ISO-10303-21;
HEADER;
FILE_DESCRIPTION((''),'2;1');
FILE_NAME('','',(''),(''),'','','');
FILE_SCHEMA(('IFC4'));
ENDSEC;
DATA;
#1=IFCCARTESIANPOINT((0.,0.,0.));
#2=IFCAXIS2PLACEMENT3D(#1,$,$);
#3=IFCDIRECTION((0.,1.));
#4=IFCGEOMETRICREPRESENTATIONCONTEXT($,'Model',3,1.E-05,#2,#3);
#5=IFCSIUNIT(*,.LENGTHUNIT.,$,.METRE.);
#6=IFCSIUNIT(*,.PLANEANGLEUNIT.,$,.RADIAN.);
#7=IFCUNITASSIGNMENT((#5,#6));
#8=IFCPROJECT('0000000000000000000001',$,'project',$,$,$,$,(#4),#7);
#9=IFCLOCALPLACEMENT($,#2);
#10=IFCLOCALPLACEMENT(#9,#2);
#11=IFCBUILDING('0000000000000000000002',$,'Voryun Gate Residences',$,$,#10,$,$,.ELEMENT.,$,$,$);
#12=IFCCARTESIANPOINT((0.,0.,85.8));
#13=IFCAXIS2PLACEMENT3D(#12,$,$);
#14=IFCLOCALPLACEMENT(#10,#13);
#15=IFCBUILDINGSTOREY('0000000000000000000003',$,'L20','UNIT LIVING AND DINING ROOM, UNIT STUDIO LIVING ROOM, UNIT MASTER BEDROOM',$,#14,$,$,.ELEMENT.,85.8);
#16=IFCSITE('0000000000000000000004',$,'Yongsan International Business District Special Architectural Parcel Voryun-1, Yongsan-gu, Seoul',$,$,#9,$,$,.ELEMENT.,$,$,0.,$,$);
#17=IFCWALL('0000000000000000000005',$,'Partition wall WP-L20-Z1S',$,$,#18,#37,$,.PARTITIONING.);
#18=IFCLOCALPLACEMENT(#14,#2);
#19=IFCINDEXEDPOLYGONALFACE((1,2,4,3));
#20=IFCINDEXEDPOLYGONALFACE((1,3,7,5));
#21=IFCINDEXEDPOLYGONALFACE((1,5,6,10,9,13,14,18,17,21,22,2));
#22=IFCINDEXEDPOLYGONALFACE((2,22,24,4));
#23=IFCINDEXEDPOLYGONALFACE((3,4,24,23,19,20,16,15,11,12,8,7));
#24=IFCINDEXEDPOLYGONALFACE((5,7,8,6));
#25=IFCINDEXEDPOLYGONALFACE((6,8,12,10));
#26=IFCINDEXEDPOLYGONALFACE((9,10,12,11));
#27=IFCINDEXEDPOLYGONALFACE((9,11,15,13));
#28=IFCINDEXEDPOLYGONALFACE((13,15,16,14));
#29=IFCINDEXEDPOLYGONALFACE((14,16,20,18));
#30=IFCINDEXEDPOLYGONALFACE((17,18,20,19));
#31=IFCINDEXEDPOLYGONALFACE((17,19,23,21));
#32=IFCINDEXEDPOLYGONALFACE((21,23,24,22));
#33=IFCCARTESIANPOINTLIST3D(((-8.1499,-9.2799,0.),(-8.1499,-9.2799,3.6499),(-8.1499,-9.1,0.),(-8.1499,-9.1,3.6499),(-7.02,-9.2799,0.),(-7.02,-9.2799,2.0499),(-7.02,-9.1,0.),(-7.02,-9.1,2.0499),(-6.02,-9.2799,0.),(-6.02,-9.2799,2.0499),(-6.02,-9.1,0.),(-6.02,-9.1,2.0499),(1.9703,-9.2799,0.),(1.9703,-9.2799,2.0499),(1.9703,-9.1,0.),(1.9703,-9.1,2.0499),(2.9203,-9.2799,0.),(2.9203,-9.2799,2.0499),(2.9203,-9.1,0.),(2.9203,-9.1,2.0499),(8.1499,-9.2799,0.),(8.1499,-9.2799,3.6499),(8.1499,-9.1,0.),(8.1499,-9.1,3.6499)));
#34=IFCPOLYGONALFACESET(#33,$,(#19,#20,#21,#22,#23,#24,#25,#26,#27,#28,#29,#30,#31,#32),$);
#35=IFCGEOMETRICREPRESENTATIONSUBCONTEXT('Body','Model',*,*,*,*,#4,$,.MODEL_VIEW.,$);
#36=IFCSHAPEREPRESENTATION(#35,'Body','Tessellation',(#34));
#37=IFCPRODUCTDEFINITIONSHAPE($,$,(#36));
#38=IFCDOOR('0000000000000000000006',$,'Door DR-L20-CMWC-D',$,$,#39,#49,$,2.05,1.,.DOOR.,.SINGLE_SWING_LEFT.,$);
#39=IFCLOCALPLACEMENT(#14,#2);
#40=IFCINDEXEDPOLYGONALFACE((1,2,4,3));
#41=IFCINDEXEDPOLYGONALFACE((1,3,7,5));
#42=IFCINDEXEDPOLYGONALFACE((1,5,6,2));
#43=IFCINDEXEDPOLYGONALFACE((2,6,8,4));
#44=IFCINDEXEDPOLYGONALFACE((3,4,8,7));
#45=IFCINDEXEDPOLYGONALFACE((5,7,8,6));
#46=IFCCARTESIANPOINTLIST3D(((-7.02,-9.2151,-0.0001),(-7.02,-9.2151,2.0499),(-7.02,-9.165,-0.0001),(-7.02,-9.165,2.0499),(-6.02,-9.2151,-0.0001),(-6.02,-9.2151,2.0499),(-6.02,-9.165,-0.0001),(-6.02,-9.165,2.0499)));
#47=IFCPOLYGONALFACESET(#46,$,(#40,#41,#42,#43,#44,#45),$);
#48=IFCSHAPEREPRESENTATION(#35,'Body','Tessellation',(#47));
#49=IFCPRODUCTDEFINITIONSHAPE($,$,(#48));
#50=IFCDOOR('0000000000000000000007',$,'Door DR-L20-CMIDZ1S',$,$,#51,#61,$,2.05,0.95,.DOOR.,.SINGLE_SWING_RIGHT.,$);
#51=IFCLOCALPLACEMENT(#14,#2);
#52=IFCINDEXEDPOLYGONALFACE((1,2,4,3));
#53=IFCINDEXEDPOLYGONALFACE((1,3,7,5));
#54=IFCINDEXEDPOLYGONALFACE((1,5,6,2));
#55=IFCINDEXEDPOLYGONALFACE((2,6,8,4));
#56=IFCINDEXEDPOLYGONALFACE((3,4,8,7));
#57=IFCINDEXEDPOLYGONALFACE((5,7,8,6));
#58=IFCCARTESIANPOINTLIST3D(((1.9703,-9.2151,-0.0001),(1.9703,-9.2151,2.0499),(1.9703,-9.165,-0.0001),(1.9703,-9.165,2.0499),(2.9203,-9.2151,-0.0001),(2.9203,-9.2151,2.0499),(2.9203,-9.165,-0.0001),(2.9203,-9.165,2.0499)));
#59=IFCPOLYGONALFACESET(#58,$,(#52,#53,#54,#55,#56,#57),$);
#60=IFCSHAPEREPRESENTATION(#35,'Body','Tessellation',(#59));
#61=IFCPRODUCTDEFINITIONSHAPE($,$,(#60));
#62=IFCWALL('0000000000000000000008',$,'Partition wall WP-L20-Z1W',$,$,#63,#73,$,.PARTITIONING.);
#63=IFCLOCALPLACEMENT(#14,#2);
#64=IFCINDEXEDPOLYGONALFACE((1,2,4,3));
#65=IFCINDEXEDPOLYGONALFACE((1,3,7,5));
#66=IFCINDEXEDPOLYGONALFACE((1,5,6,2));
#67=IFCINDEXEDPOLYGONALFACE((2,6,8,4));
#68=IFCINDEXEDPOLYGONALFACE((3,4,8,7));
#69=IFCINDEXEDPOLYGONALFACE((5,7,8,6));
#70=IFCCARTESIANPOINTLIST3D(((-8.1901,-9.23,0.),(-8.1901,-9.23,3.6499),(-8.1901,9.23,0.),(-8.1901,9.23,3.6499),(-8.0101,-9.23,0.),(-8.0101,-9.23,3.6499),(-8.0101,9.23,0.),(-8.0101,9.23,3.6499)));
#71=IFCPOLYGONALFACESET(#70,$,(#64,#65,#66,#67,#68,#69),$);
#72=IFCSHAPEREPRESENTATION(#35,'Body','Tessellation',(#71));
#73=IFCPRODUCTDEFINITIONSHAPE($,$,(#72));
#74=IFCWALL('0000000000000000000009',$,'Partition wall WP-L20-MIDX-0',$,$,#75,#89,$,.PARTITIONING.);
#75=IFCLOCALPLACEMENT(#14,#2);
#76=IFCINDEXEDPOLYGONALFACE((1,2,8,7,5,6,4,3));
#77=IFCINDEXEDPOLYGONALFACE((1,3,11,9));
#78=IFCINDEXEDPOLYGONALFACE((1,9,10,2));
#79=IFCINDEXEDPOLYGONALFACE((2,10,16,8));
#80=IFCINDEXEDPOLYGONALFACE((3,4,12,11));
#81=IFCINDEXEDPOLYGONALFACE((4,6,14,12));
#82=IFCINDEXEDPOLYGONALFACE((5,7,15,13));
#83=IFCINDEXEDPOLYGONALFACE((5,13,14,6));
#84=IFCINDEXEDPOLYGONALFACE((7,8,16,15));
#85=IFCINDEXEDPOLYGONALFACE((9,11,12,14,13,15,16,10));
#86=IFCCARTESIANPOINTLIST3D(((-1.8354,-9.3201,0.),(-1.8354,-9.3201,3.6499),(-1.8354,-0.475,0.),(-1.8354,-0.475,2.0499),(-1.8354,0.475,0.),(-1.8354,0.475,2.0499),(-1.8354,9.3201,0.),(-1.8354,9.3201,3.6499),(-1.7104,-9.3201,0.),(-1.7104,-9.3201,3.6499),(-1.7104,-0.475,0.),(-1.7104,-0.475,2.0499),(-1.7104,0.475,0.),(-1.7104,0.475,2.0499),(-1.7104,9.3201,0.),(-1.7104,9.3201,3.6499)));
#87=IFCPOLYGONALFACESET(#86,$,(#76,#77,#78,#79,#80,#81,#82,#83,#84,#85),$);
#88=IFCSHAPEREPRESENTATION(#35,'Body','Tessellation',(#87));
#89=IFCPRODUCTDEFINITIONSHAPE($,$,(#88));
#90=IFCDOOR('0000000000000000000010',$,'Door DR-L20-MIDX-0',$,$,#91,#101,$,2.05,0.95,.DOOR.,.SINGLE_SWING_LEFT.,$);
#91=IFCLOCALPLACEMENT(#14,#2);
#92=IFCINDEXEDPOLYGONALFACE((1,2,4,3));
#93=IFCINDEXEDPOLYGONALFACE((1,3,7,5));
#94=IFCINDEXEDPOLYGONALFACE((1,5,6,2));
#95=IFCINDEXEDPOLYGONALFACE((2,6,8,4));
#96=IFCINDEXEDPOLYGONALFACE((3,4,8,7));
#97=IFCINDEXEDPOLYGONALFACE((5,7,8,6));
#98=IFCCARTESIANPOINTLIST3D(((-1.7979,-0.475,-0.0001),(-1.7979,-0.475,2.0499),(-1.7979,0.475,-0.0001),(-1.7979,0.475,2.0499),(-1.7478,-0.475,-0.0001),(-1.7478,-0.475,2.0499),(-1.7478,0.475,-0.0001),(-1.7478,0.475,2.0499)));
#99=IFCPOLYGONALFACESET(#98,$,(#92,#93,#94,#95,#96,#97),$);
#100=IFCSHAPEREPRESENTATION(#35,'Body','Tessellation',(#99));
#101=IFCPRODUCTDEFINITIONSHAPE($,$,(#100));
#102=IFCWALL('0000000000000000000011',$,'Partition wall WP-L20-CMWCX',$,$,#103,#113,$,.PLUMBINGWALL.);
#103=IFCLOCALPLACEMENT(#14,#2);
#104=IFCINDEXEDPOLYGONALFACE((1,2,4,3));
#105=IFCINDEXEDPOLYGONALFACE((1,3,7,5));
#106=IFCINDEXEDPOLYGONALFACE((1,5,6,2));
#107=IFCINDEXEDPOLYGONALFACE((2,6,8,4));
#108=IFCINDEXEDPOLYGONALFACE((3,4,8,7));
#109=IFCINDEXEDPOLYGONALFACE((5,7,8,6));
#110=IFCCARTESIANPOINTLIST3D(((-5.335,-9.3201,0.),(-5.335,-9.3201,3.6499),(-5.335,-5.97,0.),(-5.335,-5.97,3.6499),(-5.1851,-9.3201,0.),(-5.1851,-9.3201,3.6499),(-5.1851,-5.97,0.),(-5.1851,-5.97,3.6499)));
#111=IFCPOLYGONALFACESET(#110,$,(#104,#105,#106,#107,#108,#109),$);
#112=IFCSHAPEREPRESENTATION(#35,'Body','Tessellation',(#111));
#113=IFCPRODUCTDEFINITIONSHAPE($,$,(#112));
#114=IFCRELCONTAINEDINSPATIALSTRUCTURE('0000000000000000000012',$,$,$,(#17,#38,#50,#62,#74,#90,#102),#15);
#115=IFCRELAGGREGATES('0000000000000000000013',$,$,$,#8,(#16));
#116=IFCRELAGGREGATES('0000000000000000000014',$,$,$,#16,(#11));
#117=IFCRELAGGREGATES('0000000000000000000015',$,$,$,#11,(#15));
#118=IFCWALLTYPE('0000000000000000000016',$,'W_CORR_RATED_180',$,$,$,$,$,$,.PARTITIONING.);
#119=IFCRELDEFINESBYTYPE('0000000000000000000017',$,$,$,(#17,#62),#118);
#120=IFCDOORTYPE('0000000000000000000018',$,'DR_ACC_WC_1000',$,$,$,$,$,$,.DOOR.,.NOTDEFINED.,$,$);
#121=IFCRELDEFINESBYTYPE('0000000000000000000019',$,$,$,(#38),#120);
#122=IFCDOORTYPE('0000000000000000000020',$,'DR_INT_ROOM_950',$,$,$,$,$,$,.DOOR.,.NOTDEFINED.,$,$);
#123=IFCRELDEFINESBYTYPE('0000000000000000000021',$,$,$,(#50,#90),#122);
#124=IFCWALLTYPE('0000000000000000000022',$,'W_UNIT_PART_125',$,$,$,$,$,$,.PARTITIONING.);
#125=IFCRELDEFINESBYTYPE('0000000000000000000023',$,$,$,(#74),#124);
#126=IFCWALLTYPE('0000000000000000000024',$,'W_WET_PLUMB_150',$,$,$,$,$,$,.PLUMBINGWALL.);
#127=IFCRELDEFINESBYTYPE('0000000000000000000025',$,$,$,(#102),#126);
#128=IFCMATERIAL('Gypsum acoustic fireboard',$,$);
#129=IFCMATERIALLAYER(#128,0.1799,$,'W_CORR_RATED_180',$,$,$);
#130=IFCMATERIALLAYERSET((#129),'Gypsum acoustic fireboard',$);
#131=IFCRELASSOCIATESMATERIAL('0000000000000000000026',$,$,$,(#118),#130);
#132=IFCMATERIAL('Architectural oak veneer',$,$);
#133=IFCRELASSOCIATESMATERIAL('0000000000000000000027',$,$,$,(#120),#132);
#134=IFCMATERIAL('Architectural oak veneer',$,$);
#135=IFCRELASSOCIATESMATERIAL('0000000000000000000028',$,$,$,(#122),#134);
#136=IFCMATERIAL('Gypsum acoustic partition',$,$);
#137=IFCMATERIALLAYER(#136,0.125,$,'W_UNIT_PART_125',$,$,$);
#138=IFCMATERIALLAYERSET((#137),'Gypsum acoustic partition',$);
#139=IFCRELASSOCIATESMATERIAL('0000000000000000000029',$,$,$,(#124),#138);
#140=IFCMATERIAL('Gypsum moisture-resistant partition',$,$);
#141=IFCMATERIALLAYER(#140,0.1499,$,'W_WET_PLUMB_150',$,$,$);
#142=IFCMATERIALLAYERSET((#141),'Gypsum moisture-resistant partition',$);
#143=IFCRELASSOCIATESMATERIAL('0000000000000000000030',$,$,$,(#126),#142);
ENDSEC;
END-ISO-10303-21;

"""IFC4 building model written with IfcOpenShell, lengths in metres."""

from ifc_helpers import new_model, si_unit, direction, frame, frame_2d, origin, place, context, subcontext, project, spatial, rectangle, extrude, material, layer, layer_set, type_object, element, fill, save


model = new_model("IFC4")

# Units and contexts
model_context = context("Model", 3, precision=1e-05, world=origin(), true_north=direction((0.0, 1.0)))
body_context = subcontext(model_context, "Body", "Model", "MODEL_VIEW")
ifc_project = project(units=[si_unit("LENGTHUNIT", "METRE"), si_unit("PLANEANGLEUNIT", "RADIAN")], contexts=[model_context])

# Site, building, storey
site_placement = place(None, origin())
site = spatial("IfcSite", under=ifc_project, at=site_placement, Name="Yongsan International Business District Special Architectural Parcel Voryun-1, Yongsan-gu, Seoul", CompositionType="ELEMENT", RefElevation=0.0)
building_placement = place(site_placement, origin())
building = spatial("IfcBuilding", under=site, at=building_placement, Name="Voryun Gate Residences", CompositionType="ELEMENT")
storey_placement = place(building_placement, frame((0.0, 0.0, 85.8)))
storey = spatial("IfcBuildingStorey", under=building, at=storey_placement, Name="L20", Description="UNIT LIVING AND DINING ROOM, UNIT STUDIO LIVING ROOM, UNIT MASTER BEDROOM", CompositionType="ELEMENT", Elevation=85.8)

# Wall, openings, doors
ifc_material_1 = material(Name="Gypsum acoustic fireboard")
ifc_layer_1 = layer(ifc_material_1, 0.1799, Name="W_CORR_RATED_180")
ifc_layer_set_1 = layer_set([ifc_layer_1], Name="Gypsum acoustic fireboard")
wall_type_1 = type_object("IfcWallType", Name="W_CORR_RATED_180", PredefinedType="PARTITIONING", material=ifc_layer_set_1)
wall_1_placement = place(storey_placement, frame((-8.1499, -9.1899, 0.0), z_axis=(0.0, 0.0, 1.0), x_axis=(1.0, 0.0, 0.0)))
wall_1 = element("IfcWall", 1, at=wall_1_placement, inside=storey, type_object=wall_type_1, Name="Partition wall WP-L20-Z1S", PredefinedType="PARTITIONING", context=body_context, shape_type="SweptSolid", body=[
    extrude(rectangle(XDim=16.2998, YDim=0.1799, at=frame_2d((8.1499, 0.0))), origin(), (0.0, 0.0, 1.0), 3.6499),
])
opening_1_placement = place(wall_1_placement, frame((1.1299, 0.0, 0.0)))
opening_1 = element("IfcOpeningElement", 2, at=opening_1_placement, cuts=wall_1, PredefinedType="OPENING", context=body_context, shape_type="SweptSolid", body=[
    extrude(rectangle(XDim=1.0, YDim=2.05, at=frame_2d((0.5, 1.0249))), frame((0.0, 0.0999, 0.0), z_axis=(0.0, -1.0, 0.0), x_axis=(1.0, 0.0, 0.0)), (0.0, 0.0, 1.0), 0.2),
])
opening_2_placement = place(wall_1_placement, frame((10.1201, 0.0, 0.0)))
opening_2 = element("IfcOpeningElement", 3, at=opening_2_placement, cuts=wall_1, PredefinedType="OPENING", context=body_context, shape_type="SweptSolid", body=[
    extrude(rectangle(XDim=0.95, YDim=2.05, at=frame_2d((0.4751, 1.0249))), frame((0.0, 0.0999, 0.0), z_axis=(0.0, -1.0, 0.0), x_axis=(1.0, 0.0, 0.0)), (0.0, 0.0, 1.0), 0.2),
])
ifc_material_2 = material(Name="Architectural oak veneer")
door_type_1 = type_object("IfcDoorType", Name="DR_ACC_WC_1000", OperationType="NOTDEFINED", PredefinedType="DOOR", material=ifc_material_2)
door_1_placement = place(opening_1_placement, origin())
door_1 = element("IfcDoor", 4, at=door_1_placement, inside=storey, type_object=door_type_1, Name="Door DR-L20-CMWC-D", OperationType="SINGLE_SWING_LEFT", OverallHeight=2.05, OverallWidth=1.0, PredefinedType="DOOR", context=body_context, shape_type="SweptSolid", body=[
    extrude(rectangle(XDim=1.0, YDim=2.05, at=frame_2d((0.5, 1.0249))), frame((0.0, 0.0249, 0.0), z_axis=(0.0, -1.0, 0.0), x_axis=(1.0, 0.0, 0.0)), (0.0, 0.0, 1.0), 0.05),
])
fill(opening_1, door_1)
ifc_material_3 = material(Name="Architectural oak veneer")
door_type_2 = type_object("IfcDoorType", Name="DR_INT_ROOM_950", OperationType="NOTDEFINED", PredefinedType="DOOR", material=ifc_material_3)
door_2_placement = place(opening_2_placement, origin())
door_2 = element("IfcDoor", 5, at=door_2_placement, inside=storey, type_object=door_type_2, Name="Door DR-L20-CMIDZ1S", OperationType="SINGLE_SWING_RIGHT", OverallHeight=2.05, OverallWidth=0.95, PredefinedType="DOOR", context=body_context, shape_type="SweptSolid", body=[
    extrude(rectangle(XDim=0.95, YDim=2.05, at=frame_2d((0.4751, 1.0249))), frame((0.0, 0.0249, 0.0), z_axis=(0.0, -1.0, 0.0), x_axis=(1.0, 0.0, 0.0)), (0.0, 0.0, 1.0), 0.05),
])
fill(opening_2, door_2)

# Wall
wall_2_placement = place(storey_placement, frame((-8.1001, -9.23, 0.0), z_axis=(0.0, 0.0, 1.0), x_axis=(0.0, 1.0, 0.0)))
element("IfcWall", 6, at=wall_2_placement, inside=storey, type_object=wall_type_1, Name="Partition wall WP-L20-Z1W", PredefinedType="PARTITIONING", context=body_context, shape_type="SweptSolid", body=[
    extrude(rectangle(XDim=18.46, YDim=0.1799, at=frame_2d((9.23, 0.0))), origin(), (0.0, 0.0, 1.0), 3.6499),
])

# Wall, opening, door
ifc_material_4 = material(Name="Gypsum acoustic partition")
ifc_layer_2 = layer(ifc_material_4, 0.125, Name="W_UNIT_PART_125")
ifc_layer_set_2 = layer_set([ifc_layer_2], Name="Gypsum acoustic partition")
wall_type_2 = type_object("IfcWallType", Name="W_UNIT_PART_125", PredefinedType="PARTITIONING", material=ifc_layer_set_2)
wall_3_placement = place(storey_placement, frame((-1.7729, -9.3201, 0.0), z_axis=(0.0, 0.0, 1.0), x_axis=(0.0, 1.0, 0.0)))
wall_3 = element("IfcWall", 7, at=wall_3_placement, inside=storey, type_object=wall_type_2, Name="Partition wall WP-L20-MIDX-0", PredefinedType="PARTITIONING", context=body_context, shape_type="SweptSolid", body=[
    extrude(rectangle(XDim=18.6401, YDim=0.125, at=frame_2d((9.3201, 0.0))), origin(), (0.0, 0.0, 1.0), 3.6499),
])
opening_3_placement = place(wall_3_placement, frame((8.845, 0.0, 0.0)))
opening_3 = element("IfcOpeningElement", 8, at=opening_3_placement, cuts=wall_3, PredefinedType="OPENING", context=body_context, shape_type="SweptSolid", body=[
    extrude(rectangle(XDim=0.95, YDim=2.05, at=frame_2d((0.4751, 1.0249))), frame((0.0, 0.0725, 0.0), z_axis=(0.0, -1.0, 0.0), x_axis=(1.0, 0.0, 0.0)), (0.0, 0.0, 1.0), 0.145),
])
door_3_placement = place(opening_3_placement, origin())
door_3 = element("IfcDoor", 9, at=door_3_placement, inside=storey, type_object=door_type_2, Name="Door DR-L20-MIDX-0", OperationType="SINGLE_SWING_LEFT", OverallHeight=2.05, OverallWidth=0.95, PredefinedType="DOOR", context=body_context, shape_type="SweptSolid", body=[
    extrude(rectangle(XDim=0.95, YDim=2.05, at=frame_2d((0.4751, 1.0249))), frame((0.0, 0.0249, 0.0), z_axis=(0.0, -1.0, 0.0), x_axis=(1.0, 0.0, 0.0)), (0.0, 0.0, 1.0), 0.05),
])
fill(opening_3, door_3)

# Wall
ifc_material_5 = material(Name="Gypsum moisture-resistant partition")
ifc_layer_3 = layer(ifc_material_5, 0.1499, Name="W_WET_PLUMB_150")
ifc_layer_set_3 = layer_set([ifc_layer_3], Name="Gypsum moisture-resistant partition")
wall_type_3 = type_object("IfcWallType", Name="W_WET_PLUMB_150", PredefinedType="PLUMBINGWALL", material=ifc_layer_set_3)
wall_4_placement = place(storey_placement, frame((-5.26, -9.3201, 0.0), z_axis=(0.0, 0.0, 1.0), x_axis=(0.0, 1.0, 0.0)))
element("IfcWall", 10, at=wall_4_placement, inside=storey, type_object=wall_type_3, Name="Partition wall WP-L20-CMWCX", PredefinedType="PLUMBINGWALL", context=body_context, shape_type="SweptSolid", body=[
    extrude(rectangle(XDim=3.3501, YDim=0.1499, at=frame_2d((1.675, 0.0))), origin(), (0.0, 0.0, 1.0), 3.6499),
])

save(model, "model.ifc")
